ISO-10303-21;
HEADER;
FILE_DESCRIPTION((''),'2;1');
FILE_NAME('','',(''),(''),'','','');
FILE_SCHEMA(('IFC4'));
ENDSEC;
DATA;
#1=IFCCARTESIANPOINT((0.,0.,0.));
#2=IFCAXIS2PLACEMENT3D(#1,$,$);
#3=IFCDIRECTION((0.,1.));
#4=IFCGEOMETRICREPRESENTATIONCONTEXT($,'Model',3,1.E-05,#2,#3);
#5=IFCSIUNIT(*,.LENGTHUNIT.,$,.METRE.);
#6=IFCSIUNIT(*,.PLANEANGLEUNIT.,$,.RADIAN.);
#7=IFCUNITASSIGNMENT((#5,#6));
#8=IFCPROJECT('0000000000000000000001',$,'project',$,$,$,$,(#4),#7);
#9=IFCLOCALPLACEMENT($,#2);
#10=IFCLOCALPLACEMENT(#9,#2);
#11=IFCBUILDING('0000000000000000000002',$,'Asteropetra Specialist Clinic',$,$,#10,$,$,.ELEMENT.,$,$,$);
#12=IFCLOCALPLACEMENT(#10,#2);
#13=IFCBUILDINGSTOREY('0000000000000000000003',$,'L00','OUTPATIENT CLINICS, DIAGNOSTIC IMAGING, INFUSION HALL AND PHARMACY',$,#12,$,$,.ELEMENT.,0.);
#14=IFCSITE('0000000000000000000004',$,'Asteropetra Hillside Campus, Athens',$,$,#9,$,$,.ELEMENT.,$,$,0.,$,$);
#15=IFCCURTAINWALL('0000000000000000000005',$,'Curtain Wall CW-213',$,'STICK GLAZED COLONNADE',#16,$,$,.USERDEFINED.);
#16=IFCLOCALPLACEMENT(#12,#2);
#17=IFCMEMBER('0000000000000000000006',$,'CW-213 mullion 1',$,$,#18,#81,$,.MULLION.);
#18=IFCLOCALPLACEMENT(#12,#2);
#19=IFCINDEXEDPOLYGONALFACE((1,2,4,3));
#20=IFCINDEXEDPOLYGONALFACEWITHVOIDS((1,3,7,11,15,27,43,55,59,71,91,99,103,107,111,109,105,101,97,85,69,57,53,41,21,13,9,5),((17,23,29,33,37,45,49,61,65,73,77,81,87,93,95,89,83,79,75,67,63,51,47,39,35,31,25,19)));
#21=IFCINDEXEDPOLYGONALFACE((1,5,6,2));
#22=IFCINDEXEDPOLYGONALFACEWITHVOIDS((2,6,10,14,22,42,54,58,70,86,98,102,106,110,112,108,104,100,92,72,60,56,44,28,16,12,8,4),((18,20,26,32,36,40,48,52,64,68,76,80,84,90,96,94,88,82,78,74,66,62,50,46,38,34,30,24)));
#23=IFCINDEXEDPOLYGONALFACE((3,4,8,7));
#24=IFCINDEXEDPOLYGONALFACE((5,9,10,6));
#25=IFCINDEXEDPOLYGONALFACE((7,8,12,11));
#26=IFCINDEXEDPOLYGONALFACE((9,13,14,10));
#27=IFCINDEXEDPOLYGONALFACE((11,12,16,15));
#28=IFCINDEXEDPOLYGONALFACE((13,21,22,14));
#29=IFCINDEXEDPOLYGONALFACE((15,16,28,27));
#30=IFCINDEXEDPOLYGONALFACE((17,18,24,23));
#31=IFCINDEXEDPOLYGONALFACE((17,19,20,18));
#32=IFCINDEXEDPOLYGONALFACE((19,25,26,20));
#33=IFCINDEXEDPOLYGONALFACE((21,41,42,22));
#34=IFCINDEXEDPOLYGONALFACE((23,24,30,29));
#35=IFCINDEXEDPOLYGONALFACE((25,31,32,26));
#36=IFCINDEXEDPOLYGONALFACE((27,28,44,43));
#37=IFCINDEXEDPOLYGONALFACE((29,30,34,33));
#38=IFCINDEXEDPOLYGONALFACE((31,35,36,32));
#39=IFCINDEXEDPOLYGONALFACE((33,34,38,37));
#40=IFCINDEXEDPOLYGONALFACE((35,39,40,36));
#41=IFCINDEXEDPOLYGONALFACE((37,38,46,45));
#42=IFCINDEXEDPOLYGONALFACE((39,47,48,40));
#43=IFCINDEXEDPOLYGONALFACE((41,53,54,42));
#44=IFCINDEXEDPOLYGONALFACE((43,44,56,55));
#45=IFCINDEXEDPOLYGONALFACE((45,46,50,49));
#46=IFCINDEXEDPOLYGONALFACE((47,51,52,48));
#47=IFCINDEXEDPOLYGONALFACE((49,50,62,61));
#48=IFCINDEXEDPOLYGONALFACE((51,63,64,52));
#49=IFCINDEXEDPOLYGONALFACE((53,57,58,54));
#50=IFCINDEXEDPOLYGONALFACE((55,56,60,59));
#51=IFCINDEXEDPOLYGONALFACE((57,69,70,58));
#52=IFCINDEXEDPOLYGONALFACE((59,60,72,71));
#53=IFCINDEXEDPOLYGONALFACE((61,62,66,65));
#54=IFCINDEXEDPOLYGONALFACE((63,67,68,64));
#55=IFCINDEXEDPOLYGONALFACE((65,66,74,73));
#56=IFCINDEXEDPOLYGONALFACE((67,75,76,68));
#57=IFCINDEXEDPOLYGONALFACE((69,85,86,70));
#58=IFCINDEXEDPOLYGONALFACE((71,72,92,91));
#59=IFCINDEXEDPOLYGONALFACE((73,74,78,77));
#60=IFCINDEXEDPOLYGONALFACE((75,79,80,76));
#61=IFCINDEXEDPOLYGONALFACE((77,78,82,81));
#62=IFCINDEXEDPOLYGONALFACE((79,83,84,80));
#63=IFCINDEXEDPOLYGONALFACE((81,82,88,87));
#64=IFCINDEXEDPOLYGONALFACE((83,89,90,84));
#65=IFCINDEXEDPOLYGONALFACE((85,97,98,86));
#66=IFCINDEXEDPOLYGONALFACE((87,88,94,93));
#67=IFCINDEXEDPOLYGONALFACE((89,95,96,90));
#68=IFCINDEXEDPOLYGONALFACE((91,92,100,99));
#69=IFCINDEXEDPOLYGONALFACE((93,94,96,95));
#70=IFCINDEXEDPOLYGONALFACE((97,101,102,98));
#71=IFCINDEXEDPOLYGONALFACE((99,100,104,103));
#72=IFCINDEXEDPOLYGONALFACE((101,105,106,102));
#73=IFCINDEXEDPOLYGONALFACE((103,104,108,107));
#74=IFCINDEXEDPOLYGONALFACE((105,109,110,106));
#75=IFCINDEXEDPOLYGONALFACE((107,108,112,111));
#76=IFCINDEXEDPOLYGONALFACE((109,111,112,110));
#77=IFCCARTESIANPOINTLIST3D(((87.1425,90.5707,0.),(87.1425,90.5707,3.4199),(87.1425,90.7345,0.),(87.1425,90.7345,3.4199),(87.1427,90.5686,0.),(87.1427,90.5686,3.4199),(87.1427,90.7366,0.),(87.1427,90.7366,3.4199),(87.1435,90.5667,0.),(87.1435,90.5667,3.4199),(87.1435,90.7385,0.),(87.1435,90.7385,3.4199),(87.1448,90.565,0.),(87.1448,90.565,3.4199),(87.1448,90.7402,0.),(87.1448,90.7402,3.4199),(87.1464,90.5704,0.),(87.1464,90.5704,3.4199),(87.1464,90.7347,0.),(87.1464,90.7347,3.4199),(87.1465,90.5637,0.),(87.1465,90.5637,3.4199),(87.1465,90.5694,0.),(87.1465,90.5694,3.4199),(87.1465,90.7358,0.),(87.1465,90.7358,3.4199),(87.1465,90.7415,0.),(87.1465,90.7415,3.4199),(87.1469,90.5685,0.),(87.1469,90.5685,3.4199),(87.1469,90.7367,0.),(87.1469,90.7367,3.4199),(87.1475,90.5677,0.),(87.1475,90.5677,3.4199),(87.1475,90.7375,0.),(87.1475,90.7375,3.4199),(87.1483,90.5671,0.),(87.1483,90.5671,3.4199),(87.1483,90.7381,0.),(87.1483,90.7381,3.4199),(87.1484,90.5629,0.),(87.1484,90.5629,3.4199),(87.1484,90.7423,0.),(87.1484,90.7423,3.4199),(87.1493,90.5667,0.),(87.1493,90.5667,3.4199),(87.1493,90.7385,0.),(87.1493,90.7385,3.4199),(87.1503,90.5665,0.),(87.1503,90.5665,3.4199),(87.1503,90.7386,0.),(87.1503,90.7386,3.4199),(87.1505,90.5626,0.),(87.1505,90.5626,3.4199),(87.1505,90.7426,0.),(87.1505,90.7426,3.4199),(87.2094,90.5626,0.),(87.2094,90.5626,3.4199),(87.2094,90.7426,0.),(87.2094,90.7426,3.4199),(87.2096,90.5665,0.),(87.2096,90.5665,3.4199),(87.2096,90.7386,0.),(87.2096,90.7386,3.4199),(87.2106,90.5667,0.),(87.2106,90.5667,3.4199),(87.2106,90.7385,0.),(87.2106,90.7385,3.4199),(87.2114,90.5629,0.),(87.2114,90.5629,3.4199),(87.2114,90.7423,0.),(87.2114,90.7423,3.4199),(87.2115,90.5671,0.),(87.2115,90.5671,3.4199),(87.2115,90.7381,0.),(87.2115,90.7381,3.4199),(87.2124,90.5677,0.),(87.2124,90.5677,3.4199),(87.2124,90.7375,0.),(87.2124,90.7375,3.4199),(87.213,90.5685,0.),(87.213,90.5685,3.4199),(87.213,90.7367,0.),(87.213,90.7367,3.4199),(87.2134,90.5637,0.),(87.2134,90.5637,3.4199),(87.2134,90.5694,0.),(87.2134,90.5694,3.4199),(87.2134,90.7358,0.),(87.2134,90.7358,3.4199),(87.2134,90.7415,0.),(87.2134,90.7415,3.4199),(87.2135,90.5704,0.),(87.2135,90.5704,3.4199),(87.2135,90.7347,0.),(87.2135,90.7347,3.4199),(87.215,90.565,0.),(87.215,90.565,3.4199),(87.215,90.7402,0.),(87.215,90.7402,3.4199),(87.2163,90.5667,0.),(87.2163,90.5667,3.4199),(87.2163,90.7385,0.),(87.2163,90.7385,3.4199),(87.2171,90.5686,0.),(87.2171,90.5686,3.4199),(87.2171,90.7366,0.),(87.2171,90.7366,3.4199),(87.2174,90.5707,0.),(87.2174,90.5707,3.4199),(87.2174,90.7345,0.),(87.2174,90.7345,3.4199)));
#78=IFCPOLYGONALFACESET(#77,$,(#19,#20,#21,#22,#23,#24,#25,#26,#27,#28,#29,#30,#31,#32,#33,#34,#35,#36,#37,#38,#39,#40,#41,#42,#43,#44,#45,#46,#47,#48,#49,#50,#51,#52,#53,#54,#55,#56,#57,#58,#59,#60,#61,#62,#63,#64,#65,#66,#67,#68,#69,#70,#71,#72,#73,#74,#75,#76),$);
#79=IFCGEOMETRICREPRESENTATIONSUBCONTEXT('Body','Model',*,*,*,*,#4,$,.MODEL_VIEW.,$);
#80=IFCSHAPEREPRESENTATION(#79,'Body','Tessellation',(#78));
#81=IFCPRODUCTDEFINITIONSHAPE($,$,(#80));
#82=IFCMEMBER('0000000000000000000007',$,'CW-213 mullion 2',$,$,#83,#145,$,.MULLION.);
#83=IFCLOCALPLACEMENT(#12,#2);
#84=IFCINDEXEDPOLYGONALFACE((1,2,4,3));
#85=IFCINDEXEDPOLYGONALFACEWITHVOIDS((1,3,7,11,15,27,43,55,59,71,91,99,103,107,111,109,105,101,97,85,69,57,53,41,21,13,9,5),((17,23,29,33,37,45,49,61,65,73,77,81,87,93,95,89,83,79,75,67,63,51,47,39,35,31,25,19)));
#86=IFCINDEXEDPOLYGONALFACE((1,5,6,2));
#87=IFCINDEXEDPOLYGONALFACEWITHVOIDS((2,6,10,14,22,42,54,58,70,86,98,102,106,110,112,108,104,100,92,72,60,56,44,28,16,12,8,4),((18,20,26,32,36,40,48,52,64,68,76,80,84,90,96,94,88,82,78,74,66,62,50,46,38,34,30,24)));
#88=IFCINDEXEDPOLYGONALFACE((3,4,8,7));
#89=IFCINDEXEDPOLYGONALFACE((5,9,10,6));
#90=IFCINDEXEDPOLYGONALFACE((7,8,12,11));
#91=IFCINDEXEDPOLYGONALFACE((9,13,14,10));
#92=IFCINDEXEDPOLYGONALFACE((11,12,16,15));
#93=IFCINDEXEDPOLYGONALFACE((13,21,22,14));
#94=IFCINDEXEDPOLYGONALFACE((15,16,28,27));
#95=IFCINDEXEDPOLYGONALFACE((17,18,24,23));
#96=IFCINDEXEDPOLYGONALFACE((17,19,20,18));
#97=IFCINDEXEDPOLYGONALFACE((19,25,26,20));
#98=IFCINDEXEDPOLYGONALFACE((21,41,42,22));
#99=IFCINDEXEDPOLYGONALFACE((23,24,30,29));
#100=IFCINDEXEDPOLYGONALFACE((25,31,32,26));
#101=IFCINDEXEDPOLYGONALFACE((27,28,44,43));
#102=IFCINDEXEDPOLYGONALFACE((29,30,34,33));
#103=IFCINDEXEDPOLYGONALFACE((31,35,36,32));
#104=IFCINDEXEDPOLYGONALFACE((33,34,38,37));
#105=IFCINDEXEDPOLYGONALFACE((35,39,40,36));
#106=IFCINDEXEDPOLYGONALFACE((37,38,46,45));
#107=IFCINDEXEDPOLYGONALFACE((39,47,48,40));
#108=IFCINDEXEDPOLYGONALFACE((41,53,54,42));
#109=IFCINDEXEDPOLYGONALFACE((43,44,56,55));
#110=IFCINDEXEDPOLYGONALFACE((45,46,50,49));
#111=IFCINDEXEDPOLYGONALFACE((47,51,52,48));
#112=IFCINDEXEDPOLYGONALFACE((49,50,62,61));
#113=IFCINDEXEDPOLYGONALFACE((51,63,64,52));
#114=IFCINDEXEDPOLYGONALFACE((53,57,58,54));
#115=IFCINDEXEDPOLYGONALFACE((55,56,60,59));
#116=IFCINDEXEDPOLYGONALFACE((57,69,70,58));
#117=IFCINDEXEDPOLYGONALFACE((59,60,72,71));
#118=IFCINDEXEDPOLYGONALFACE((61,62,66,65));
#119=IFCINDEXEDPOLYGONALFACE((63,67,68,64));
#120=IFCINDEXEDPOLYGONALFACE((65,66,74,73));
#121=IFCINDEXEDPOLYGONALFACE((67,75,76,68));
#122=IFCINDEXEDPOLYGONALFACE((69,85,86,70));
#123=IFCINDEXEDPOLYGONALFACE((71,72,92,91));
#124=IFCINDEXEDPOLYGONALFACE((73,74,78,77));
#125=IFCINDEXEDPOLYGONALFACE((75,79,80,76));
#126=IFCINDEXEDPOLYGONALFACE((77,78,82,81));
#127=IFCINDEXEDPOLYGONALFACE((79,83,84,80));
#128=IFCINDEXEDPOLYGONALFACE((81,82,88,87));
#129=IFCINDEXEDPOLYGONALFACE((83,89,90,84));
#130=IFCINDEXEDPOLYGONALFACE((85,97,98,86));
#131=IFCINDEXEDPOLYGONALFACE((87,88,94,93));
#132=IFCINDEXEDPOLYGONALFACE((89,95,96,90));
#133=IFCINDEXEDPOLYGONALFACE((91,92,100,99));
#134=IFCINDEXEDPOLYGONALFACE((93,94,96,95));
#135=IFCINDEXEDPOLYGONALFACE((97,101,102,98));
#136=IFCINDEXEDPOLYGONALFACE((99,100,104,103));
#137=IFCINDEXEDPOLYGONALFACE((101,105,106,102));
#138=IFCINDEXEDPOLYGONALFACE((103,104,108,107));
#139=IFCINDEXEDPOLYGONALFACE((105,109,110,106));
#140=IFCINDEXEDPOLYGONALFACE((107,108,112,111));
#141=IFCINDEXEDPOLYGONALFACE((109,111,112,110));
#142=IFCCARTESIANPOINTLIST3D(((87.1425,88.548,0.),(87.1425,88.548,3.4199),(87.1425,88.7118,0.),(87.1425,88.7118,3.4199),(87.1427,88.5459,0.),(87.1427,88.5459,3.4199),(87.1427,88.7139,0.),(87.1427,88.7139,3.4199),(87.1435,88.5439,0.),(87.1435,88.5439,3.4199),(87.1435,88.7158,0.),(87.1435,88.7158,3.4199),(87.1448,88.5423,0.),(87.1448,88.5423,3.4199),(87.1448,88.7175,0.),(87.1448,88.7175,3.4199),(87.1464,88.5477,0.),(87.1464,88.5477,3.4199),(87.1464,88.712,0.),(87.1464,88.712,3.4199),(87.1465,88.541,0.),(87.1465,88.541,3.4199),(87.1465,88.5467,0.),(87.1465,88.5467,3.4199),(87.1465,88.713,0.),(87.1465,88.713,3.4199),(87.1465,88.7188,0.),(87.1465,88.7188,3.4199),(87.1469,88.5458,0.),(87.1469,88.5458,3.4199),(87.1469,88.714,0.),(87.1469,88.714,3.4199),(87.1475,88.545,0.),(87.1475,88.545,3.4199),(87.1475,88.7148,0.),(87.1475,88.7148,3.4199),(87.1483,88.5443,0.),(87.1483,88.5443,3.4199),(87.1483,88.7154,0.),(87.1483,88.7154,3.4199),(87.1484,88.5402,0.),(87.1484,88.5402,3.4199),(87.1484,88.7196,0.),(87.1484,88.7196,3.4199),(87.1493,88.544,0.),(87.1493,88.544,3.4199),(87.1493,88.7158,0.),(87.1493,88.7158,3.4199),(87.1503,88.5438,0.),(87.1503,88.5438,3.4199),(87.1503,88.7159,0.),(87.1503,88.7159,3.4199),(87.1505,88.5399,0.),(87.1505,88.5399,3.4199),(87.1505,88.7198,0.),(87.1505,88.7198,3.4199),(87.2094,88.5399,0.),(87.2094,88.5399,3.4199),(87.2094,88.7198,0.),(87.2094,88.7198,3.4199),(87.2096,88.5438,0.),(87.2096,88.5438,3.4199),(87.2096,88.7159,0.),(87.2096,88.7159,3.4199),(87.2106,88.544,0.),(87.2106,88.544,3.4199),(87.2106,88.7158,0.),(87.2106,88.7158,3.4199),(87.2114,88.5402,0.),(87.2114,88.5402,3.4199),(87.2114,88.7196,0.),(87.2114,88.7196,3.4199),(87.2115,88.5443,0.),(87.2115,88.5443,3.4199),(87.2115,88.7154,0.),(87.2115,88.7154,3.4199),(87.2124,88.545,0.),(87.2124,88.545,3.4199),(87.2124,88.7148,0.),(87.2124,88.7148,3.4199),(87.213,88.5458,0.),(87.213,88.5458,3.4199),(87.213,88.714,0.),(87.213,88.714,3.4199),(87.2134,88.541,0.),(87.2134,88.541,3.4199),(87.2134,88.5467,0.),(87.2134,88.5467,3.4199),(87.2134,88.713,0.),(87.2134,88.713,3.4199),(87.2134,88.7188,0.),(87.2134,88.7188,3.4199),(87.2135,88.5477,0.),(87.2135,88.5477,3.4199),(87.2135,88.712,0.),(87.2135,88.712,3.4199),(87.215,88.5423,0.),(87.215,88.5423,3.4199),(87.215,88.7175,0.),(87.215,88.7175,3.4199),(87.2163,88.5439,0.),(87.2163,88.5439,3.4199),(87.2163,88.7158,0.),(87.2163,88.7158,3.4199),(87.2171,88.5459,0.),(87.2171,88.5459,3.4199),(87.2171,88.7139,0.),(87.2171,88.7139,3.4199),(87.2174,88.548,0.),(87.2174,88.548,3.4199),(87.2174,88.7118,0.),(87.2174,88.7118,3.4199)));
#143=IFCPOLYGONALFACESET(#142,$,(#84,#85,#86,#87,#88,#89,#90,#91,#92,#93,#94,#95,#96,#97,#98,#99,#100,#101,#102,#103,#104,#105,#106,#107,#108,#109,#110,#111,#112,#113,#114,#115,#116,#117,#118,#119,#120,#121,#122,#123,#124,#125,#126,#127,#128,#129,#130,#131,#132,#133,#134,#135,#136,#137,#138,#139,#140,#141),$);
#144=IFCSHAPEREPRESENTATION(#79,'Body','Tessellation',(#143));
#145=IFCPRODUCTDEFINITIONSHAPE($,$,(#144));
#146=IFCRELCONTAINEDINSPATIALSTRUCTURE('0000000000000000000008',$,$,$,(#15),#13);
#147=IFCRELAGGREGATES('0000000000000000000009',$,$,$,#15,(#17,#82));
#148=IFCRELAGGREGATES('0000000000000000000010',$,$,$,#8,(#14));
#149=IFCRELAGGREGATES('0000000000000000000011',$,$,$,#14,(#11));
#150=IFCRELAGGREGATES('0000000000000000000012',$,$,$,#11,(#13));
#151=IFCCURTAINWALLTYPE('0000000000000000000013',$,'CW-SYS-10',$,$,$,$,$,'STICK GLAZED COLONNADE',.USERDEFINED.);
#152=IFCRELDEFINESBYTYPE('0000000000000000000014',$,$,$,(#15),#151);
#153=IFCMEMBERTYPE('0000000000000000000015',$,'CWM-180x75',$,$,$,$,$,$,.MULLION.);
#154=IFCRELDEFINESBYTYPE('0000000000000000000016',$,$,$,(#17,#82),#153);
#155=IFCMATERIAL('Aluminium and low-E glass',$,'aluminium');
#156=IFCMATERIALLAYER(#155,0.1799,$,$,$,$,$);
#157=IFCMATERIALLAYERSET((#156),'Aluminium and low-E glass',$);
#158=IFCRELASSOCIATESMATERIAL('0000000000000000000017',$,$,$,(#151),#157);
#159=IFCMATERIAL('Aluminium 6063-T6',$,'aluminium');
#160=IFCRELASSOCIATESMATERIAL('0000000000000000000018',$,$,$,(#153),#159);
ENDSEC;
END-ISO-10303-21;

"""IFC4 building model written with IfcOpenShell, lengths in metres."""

from ifc_helpers import new_model, si_unit, direction, frame, origin, origin_2d, place, context, subcontext, project, spatial, hollow_rectangle, extrude, material, layer, layer_set, material_profile, profile_set, type_object, element, aggregate, save


model = new_model("IFC4")

# Units and contexts
model_context = context("Model", 3, precision=1e-05, world=origin(), true_north=direction((0.0, 1.0)))
body_context = subcontext(model_context, "Body", "Model", "MODEL_VIEW")
ifc_project = project(units=[si_unit("LENGTHUNIT", "METRE"), si_unit("PLANEANGLEUNIT", "RADIAN")], contexts=[model_context])

# Site, building, storey
site_placement = place(None, origin())
site = spatial("IfcSite", under=ifc_project, at=site_placement, Name="Asteropetra Hillside Campus, Athens", CompositionType="ELEMENT", RefElevation=0.0)
building_placement = place(site_placement, origin())
building = spatial("IfcBuilding", under=site, at=building_placement, Name="Asteropetra Specialist Clinic", CompositionType="ELEMENT")
storey_placement = place(building_placement, origin())
storey = spatial("IfcBuildingStorey", under=building, at=storey_placement, Name="L00", Description="OUTPATIENT CLINICS, DIAGNOSTIC IMAGING, INFUSION HALL AND PHARMACY", CompositionType="ELEMENT", Elevation=0.0)

# Curtain wall, members
ifc_material_1 = material(Name="Aluminium and low-E glass", Category="aluminium")
ifc_layer_1 = layer(ifc_material_1, 0.1799)
ifc_layer_set_1 = layer_set([ifc_layer_1], Name="Aluminium and low-E glass")
curtain_wall_type_1 = type_object("IfcCurtainWallType", Name="CW-SYS-10", ElementType="STICK GLAZED COLONNADE", PredefinedType="USERDEFINED", material=ifc_layer_set_1)
curtain_wall_1_placement = place(storey_placement, origin())
curtain_wall_1 = element("IfcCurtainWall", 1, at=curtain_wall_1_placement, inside=storey, type_object=curtain_wall_type_1, Name="Curtain Wall CW-213", ObjectType="STICK GLAZED COLONNADE", PredefinedType="USERDEFINED")
ifc_material_2 = material(Name="Aluminium 6063-T6", Category="aluminium")
ifc_material_profile_1 = material_profile(ifc_material_2, hollow_rectangle(XDim=0.075, YDim=0.1799, WallThickness=0.0039, InnerFilletRadius=0.0039, OuterFilletRadius=0.0081, at=origin_2d()), Name="MUL 180x75x4.0")
ifc_profile_set_1 = profile_set([ifc_material_profile_1], Name="Aluminium 6063-T6")
member_type_1 = type_object("IfcMemberType", Name="CWM-180x75", PredefinedType="MULLION", material=ifc_profile_set_1)
member_1_placement = place(storey_placement, frame((87.1799, 90.6526, 0.0), z_axis=(0.0, 0.0, 1.0), x_axis=(1.0, 0.0, 0.0)))
member_1 = element("IfcMember", 2, at=member_1_placement, type_object=member_type_1, Name="CW-213 mullion 1", PredefinedType="MULLION", context=body_context, shape_type="SweptSolid", body=[
    extrude(hollow_rectangle(XDim=0.075, YDim=0.1799, WallThickness=0.0039, InnerFilletRadius=0.0039, OuterFilletRadius=0.0081, at=origin_2d()), origin(), (0.0, 0.0, 1.0), 3.4199),
])
member_2_placement = place(storey_placement, frame((87.1799, 88.6299, 0.0), z_axis=(0.0, 0.0, 1.0), x_axis=(1.0, 0.0, 0.0)))
member_2 = element("IfcMember", 3, at=member_2_placement, type_object=member_type_1, Name="CW-213 mullion 2", PredefinedType="MULLION", context=body_context, shape_type="SweptSolid", body=[
    extrude(hollow_rectangle(XDim=0.075, YDim=0.1799, WallThickness=0.0039, InnerFilletRadius=0.0039, OuterFilletRadius=0.0081, at=origin_2d()), origin(), (0.0, 0.0, 1.0), 3.4199),
])
aggregate(curtain_wall_1, [member_1, member_2])

save(model, "model.ifc")
